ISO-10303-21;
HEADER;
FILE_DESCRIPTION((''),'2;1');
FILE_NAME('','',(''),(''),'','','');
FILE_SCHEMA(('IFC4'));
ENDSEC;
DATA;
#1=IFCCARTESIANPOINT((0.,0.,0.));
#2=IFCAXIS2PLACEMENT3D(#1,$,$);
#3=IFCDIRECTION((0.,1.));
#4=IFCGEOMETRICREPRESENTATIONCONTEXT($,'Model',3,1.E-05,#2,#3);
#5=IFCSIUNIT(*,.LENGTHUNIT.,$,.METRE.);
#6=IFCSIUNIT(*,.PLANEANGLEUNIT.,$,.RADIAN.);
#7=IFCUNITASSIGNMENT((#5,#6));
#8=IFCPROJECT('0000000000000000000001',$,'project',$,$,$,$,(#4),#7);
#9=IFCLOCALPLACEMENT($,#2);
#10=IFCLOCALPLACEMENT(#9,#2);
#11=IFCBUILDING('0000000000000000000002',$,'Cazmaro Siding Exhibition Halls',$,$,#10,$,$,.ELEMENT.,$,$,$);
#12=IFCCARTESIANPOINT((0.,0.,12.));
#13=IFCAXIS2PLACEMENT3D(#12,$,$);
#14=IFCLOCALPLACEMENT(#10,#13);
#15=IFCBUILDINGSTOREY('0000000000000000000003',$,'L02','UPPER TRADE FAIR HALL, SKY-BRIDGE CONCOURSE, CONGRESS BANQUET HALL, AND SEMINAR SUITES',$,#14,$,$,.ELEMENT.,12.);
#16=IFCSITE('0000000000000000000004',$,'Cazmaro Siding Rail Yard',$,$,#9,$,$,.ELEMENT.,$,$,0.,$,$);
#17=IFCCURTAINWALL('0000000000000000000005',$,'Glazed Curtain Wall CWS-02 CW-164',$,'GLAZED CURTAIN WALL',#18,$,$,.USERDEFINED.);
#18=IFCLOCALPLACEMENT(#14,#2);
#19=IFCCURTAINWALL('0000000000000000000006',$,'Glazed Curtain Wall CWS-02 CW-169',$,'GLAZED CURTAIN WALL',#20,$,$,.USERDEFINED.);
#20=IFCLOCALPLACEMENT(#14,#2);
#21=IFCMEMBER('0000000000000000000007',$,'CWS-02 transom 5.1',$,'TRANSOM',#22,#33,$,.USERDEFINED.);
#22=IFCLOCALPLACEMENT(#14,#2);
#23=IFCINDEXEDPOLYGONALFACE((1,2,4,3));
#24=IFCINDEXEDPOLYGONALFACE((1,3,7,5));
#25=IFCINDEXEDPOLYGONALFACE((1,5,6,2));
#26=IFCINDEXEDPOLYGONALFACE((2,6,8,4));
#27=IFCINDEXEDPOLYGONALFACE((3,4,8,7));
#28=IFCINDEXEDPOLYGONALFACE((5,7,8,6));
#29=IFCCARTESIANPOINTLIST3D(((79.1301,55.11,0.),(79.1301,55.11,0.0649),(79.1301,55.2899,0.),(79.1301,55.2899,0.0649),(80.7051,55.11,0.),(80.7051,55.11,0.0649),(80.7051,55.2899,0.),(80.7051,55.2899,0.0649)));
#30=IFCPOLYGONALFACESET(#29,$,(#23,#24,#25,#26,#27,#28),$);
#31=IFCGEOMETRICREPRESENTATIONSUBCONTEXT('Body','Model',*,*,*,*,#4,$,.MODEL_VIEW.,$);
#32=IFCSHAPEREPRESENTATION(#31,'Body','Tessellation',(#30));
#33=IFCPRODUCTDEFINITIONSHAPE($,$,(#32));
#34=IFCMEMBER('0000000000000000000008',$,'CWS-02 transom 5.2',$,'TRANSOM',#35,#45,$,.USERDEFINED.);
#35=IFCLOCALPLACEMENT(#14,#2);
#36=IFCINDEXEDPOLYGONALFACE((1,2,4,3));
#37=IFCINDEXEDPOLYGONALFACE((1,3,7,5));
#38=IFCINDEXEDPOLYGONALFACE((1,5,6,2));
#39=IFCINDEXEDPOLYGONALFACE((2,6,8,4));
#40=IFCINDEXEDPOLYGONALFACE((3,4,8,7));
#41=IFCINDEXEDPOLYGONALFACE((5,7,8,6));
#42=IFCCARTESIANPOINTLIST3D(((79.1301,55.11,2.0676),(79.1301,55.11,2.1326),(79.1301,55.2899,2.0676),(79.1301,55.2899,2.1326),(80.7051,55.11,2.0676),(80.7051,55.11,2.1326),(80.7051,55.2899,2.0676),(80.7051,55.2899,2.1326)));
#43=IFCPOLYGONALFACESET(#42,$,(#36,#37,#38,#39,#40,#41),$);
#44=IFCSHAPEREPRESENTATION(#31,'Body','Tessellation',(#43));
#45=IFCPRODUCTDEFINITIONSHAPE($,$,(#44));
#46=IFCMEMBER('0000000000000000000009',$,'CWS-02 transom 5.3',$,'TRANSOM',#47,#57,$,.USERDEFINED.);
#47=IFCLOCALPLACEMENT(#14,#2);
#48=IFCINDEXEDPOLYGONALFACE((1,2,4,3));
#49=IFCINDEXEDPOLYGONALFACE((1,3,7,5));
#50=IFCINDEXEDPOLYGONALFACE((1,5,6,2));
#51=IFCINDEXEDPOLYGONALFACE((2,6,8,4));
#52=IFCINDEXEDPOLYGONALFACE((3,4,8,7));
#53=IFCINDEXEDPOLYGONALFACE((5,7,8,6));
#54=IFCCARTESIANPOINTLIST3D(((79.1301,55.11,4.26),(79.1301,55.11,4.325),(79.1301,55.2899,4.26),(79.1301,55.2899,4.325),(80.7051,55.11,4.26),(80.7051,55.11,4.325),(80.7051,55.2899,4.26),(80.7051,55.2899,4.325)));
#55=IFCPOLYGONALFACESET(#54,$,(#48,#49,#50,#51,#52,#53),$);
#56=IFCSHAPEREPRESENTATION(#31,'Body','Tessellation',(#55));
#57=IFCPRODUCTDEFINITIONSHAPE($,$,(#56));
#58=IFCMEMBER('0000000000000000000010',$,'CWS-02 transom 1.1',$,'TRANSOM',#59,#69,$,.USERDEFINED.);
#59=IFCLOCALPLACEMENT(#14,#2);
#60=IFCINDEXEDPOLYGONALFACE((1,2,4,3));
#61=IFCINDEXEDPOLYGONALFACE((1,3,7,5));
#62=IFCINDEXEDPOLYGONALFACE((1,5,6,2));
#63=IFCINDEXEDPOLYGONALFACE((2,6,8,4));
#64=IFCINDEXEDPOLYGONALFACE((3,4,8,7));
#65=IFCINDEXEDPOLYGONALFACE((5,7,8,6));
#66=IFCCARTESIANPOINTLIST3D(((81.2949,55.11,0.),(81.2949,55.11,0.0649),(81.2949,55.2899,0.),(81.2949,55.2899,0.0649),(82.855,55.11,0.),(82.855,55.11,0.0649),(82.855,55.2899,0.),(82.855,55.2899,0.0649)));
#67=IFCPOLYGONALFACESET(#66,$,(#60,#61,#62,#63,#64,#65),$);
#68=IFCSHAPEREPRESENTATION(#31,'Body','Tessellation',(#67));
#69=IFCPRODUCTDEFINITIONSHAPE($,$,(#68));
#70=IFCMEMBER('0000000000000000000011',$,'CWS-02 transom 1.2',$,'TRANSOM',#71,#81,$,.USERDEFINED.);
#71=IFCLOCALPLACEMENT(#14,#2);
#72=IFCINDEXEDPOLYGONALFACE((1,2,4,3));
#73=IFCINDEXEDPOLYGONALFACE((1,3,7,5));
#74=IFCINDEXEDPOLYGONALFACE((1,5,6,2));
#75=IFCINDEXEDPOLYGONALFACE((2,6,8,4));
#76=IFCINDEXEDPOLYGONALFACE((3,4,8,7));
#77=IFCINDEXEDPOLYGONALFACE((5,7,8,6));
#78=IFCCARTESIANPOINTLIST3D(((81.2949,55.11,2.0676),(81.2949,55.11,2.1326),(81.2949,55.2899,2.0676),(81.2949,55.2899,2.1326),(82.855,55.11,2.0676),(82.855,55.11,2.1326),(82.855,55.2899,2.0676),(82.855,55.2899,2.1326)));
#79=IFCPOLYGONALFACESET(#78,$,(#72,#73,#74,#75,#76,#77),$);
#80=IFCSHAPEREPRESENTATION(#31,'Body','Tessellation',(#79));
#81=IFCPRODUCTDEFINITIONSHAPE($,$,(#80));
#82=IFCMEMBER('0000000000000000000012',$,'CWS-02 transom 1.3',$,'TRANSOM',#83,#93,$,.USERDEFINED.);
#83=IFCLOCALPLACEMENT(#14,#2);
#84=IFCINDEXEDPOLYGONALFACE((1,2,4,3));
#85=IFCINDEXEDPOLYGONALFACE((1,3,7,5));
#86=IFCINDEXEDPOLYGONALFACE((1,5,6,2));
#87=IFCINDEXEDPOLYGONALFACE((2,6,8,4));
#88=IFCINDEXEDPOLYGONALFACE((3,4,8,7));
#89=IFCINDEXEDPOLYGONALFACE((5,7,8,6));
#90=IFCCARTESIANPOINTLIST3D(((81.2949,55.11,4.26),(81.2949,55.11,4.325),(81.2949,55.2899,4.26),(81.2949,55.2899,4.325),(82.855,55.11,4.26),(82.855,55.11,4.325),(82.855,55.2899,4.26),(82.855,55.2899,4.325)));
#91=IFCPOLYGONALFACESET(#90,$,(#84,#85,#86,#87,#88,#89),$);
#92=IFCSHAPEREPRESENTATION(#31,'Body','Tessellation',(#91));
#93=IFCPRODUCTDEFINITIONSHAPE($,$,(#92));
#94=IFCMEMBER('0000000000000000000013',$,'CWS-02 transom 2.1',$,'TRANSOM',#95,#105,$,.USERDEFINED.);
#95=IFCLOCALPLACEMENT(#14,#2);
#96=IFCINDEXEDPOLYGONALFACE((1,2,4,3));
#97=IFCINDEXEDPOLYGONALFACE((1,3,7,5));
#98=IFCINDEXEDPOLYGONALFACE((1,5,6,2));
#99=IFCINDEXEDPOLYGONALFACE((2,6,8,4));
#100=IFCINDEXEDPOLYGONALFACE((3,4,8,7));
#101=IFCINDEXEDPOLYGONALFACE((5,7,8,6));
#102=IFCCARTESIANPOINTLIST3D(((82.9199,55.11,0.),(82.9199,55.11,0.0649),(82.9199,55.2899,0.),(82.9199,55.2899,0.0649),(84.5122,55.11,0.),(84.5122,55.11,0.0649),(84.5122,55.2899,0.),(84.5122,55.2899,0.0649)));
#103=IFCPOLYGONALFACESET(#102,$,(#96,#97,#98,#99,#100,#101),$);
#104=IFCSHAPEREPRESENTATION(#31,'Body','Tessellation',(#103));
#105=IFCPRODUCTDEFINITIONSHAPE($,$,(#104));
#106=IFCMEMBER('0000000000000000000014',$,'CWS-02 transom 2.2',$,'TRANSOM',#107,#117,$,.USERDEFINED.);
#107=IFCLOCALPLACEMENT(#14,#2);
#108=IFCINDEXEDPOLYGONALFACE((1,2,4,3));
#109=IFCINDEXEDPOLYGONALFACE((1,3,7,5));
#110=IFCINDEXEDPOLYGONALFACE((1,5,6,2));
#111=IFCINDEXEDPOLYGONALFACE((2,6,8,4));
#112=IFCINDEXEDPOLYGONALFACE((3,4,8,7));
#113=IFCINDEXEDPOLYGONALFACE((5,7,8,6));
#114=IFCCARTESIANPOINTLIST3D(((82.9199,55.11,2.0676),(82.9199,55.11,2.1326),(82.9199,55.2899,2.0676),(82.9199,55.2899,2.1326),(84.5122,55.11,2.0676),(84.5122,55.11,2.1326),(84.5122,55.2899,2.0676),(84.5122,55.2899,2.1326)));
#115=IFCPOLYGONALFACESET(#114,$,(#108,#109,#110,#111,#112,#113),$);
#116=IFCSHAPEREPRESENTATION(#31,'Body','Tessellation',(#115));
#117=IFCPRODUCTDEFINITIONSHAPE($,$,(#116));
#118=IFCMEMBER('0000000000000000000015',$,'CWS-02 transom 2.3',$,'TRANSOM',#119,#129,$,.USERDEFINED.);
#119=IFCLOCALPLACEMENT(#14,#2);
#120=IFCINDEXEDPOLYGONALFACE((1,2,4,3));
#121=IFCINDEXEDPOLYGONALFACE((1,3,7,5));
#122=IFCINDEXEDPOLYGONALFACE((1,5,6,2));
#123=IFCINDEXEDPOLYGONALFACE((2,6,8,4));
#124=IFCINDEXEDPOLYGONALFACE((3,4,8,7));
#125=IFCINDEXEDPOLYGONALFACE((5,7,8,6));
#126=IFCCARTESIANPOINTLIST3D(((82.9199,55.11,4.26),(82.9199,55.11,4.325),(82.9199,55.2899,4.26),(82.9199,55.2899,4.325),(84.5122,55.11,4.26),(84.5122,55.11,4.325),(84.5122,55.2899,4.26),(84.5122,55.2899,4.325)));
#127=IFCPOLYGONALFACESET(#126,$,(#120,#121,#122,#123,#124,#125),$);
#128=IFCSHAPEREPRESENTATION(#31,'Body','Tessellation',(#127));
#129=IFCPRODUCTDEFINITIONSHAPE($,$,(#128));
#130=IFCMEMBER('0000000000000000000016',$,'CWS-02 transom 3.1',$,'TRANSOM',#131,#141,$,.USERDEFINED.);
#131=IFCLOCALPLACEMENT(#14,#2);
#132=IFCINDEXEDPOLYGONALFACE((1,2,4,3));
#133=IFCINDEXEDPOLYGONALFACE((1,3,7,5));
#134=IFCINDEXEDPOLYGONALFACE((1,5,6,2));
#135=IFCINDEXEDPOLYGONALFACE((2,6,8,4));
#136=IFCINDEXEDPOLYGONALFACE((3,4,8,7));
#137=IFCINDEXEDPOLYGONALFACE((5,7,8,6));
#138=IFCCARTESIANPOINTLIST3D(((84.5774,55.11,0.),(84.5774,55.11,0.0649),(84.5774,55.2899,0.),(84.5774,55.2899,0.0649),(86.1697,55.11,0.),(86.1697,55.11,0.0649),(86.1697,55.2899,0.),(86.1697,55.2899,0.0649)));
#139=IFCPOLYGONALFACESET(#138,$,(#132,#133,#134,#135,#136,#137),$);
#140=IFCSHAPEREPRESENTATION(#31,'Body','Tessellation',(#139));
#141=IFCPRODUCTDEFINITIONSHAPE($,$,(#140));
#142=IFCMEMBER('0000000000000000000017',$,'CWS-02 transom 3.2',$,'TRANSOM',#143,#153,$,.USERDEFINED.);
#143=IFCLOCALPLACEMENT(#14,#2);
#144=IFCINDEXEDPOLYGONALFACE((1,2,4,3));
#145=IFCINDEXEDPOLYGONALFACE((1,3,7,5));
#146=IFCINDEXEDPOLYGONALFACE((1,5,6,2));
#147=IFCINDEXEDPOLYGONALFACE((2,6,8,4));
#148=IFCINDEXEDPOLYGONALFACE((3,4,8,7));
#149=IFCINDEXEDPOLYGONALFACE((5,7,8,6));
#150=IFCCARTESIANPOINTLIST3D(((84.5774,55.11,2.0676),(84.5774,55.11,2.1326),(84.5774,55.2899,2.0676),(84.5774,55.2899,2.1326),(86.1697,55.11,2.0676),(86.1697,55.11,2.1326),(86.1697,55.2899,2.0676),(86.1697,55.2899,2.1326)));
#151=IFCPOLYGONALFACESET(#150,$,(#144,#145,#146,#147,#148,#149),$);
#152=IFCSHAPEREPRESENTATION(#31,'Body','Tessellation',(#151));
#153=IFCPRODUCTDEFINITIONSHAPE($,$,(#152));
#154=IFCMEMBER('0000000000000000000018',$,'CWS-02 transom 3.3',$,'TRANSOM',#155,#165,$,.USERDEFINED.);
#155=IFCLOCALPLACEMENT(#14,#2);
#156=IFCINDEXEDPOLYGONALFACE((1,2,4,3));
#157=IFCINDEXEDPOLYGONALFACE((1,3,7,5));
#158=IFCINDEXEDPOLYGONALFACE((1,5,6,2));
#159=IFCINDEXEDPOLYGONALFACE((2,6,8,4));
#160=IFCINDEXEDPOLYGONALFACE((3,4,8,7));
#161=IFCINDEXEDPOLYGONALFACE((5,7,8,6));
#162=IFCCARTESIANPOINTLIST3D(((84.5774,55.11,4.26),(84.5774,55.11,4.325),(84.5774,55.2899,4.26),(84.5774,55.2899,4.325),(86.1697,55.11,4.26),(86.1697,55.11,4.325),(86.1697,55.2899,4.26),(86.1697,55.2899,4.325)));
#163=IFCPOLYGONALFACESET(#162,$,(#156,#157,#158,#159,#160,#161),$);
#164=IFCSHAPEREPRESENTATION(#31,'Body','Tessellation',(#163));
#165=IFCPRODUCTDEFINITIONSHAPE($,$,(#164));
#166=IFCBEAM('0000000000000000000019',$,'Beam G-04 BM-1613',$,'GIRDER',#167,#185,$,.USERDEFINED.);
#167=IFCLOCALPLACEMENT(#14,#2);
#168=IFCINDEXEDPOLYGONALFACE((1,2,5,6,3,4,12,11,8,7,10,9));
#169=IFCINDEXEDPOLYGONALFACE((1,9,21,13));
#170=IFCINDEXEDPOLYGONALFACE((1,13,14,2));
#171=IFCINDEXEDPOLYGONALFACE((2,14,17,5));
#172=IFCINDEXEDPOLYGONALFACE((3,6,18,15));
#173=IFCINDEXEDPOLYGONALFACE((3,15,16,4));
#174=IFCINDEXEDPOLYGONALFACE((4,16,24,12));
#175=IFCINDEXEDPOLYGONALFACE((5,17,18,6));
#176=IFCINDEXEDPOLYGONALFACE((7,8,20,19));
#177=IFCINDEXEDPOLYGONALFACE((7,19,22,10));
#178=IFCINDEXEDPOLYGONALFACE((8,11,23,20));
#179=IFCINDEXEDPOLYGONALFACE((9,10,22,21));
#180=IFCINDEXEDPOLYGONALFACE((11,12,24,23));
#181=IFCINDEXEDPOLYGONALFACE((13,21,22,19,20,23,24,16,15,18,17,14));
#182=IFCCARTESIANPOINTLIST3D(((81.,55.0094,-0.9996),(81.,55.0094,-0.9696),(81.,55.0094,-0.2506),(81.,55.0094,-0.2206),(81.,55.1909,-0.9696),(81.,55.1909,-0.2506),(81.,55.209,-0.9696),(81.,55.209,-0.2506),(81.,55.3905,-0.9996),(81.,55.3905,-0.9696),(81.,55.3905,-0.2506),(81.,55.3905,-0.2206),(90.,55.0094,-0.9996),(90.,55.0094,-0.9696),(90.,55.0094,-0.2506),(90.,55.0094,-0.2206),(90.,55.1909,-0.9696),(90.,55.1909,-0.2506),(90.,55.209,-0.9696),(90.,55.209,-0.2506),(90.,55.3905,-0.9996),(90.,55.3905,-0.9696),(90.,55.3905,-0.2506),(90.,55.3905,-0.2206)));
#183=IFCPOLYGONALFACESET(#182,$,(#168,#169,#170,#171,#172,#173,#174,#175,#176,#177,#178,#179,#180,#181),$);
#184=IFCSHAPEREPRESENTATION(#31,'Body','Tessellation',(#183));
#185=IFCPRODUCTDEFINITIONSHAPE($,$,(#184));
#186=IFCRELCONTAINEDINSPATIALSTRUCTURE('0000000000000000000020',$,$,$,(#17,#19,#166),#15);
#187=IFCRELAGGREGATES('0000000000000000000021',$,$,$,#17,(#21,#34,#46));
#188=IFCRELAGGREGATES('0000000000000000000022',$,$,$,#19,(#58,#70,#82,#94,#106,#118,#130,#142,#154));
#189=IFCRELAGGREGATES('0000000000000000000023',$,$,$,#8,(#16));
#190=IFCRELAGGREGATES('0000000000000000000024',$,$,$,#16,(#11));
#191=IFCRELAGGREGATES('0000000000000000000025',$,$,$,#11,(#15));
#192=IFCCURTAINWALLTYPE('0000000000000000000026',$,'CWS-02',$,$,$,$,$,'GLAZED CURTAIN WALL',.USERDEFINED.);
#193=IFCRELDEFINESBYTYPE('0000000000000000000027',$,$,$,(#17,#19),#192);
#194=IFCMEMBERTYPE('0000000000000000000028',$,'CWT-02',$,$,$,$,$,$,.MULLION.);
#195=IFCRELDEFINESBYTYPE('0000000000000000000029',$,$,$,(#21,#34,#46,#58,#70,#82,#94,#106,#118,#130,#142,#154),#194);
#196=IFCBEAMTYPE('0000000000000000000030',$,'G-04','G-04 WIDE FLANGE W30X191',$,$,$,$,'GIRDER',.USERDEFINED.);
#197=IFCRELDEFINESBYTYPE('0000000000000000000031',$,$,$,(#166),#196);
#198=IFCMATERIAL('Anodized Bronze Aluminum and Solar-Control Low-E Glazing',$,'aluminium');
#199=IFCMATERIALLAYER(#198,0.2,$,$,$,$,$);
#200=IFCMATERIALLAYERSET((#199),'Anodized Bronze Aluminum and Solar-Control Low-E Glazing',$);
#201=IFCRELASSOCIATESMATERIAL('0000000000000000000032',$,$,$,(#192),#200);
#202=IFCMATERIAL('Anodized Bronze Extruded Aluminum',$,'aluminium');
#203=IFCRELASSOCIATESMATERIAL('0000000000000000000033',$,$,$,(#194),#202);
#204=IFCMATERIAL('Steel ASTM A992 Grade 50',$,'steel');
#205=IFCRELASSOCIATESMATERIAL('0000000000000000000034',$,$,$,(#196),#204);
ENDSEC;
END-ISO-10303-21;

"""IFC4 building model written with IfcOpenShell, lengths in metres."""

from ifc_helpers import new_model, si_unit, direction, frame, origin, origin_2d, place, context, subcontext, project, spatial, rectangle, i_section, extrude, material, layer, layer_set, material_profile, profile_set, type_object, element, aggregate, save


model = new_model("IFC4")

# Units and contexts
model_context = context("Model", 3, precision=1e-05, world=origin(), true_north=direction((0.0, 1.0)))
body_context = subcontext(model_context, "Body", "Model", "MODEL_VIEW")
ifc_project = project(units=[si_unit("LENGTHUNIT", "METRE"), si_unit("PLANEANGLEUNIT", "RADIAN")], contexts=[model_context])

# Site, building, storey
site_placement = place(None, origin())
site = spatial("IfcSite", under=ifc_project, at=site_placement, Name="Cazmaro Siding Rail Yard", CompositionType="ELEMENT", RefElevation=0.0)
building_placement = place(site_placement, origin())
building = spatial("IfcBuilding", under=site, at=building_placement, Name="Cazmaro Siding Exhibition Halls", CompositionType="ELEMENT")
storey_placement = place(building_placement, frame((0.0, 0.0, 12.0)))
storey = spatial("IfcBuildingStorey", under=building, at=storey_placement, Name="L02", Description="UPPER TRADE FAIR HALL, SKY-BRIDGE CONCOURSE, CONGRESS BANQUET HALL, AND SEMINAR SUITES", CompositionType="ELEMENT", Elevation=12.0)

# Curtain walls
ifc_material_1 = material(Name="Anodized Bronze Aluminum and Solar-Control Low-E Glazing", Category="aluminium")
ifc_layer_1 = layer(ifc_material_1, 0.2)
ifc_layer_set_1 = layer_set([ifc_layer_1], Name="Anodized Bronze Aluminum and Solar-Control Low-E Glazing")
curtain_wall_type = type_object("IfcCurtainWallType", Name="CWS-02", ElementType="GLAZED CURTAIN WALL", PredefinedType="USERDEFINED", material=ifc_layer_set_1)
curtain_wall_1_placement = place(storey_placement, origin())
curtain_wall_1 = element("IfcCurtainWall", 1, at=curtain_wall_1_placement, inside=storey, type_object=curtain_wall_type, Name="Glazed Curtain Wall CWS-02 CW-164", ObjectType="GLAZED CURTAIN WALL", PredefinedType="USERDEFINED")
curtain_wall_2_placement = place(storey_placement, origin())
curtain_wall_2 = element("IfcCurtainWall", 2, at=curtain_wall_2_placement, inside=storey, type_object=curtain_wall_type, Name="Glazed Curtain Wall CWS-02 CW-169", ObjectType="GLAZED CURTAIN WALL", PredefinedType="USERDEFINED")

# Members
ifc_material_2 = material(Name="Anodized Bronze Extruded Aluminum", Category="aluminium")
ifc_material_profile_1 = material_profile(ifc_material_2, rectangle(XDim=0.1799, YDim=0.0649, at=origin_2d()), Name="CWT-02")
ifc_profile_set_1 = profile_set([ifc_material_profile_1], Name="Anodized Bronze Extruded Aluminum")
member_type_1 = type_object("IfcMemberType", Name="CWT-02", PredefinedType="MULLION", material=ifc_profile_set_1)
member_1_placement = place(storey_placement, frame((79.1301, 55.2, 0.0325), z_axis=(1.0, 0.0, 0.0), x_axis=(0.0, 1.0, 0.0)))
member_1 = element("IfcMember", 3, at=member_1_placement, type_object=member_type_1, Name="CWS-02 transom 5.1", ObjectType="TRANSOM", PredefinedType="USERDEFINED", context=body_context, shape_type="SweptSolid", body=[
    extrude(rectangle(XDim=0.1799, YDim=0.0649, at=origin_2d()), origin(), (0.0, 0.0, 1.0), 1.575),
])
member_2_placement = place(storey_placement, frame((79.1301, 55.2, 2.1001), z_axis=(1.0, 0.0, 0.0), x_axis=(0.0, 1.0, 0.0)))
member_2 = element("IfcMember", 4, at=member_2_placement, type_object=member_type_1, Name="CWS-02 transom 5.2", ObjectType="TRANSOM", PredefinedType="USERDEFINED", context=body_context, shape_type="SweptSolid", body=[
    extrude(rectangle(XDim=0.1799, YDim=0.0649, at=origin_2d()), origin(), (0.0, 0.0, 1.0), 1.575),
])
member_3_placement = place(storey_placement, frame((79.1301, 55.2, 4.2925), z_axis=(1.0, 0.0, 0.0), x_axis=(0.0, 1.0, 0.0)))
member_3 = element("IfcMember", 5, at=member_3_placement, type_object=member_type_1, Name="CWS-02 transom 5.3", ObjectType="TRANSOM", PredefinedType="USERDEFINED", context=body_context, shape_type="SweptSolid", body=[
    extrude(rectangle(XDim=0.1799, YDim=0.0649, at=origin_2d()), origin(), (0.0, 0.0, 1.0), 1.575),
])
member_4_placement = place(storey_placement, frame((81.2949, 55.2, 0.0325), z_axis=(1.0, 0.0, 0.0), x_axis=(0.0, 1.0, 0.0)))
member_4 = element("IfcMember", 6, at=member_4_placement, type_object=member_type_1, Name="CWS-02 transom 1.1", ObjectType="TRANSOM", PredefinedType="USERDEFINED", context=body_context, shape_type="SweptSolid", body=[
    extrude(rectangle(XDim=0.1799, YDim=0.0649, at=origin_2d()), origin(), (0.0, 0.0, 1.0), 1.5601),
])
member_5_placement = place(storey_placement, frame((81.2949, 55.2, 2.1001), z_axis=(1.0, 0.0, 0.0), x_axis=(0.0, 1.0, 0.0)))
member_5 = element("IfcMember", 7, at=member_5_placement, type_object=member_type_1, Name="CWS-02 transom 1.2", ObjectType="TRANSOM", PredefinedType="USERDEFINED", context=body_context, shape_type="SweptSolid", body=[
    extrude(rectangle(XDim=0.1799, YDim=0.0649, at=origin_2d()), origin(), (0.0, 0.0, 1.0), 1.5601),
])
member_6_placement = place(storey_placement, frame((81.2949, 55.2, 4.2925), z_axis=(1.0, 0.0, 0.0), x_axis=(0.0, 1.0, 0.0)))
member_6 = element("IfcMember", 8, at=member_6_placement, type_object=member_type_1, Name="CWS-02 transom 1.3", ObjectType="TRANSOM", PredefinedType="USERDEFINED", context=body_context, shape_type="SweptSolid", body=[
    extrude(rectangle(XDim=0.1799, YDim=0.0649, at=origin_2d()), origin(), (0.0, 0.0, 1.0), 1.5601),
])
member_7_placement = place(storey_placement, frame((82.9199, 55.2, 0.0325), z_axis=(1.0, 0.0, 0.0), x_axis=(0.0, 1.0, 0.0)))
member_7 = element("IfcMember", 9, at=member_7_placement, type_object=member_type_1, Name="CWS-02 transom 2.1", ObjectType="TRANSOM", PredefinedType="USERDEFINED", context=body_context, shape_type="SweptSolid", body=[
    extrude(rectangle(XDim=0.1799, YDim=0.0649, at=origin_2d()), origin(), (0.0, 0.0, 1.0), 1.5923),
])
member_8_placement = place(storey_placement, frame((82.9199, 55.2, 2.1001), z_axis=(1.0, 0.0, 0.0), x_axis=(0.0, 1.0, 0.0)))
member_8 = element("IfcMember", 10, at=member_8_placement, type_object=member_type_1, Name="CWS-02 transom 2.2", ObjectType="TRANSOM", PredefinedType="USERDEFINED", context=body_context, shape_type="SweptSolid", body=[
    extrude(rectangle(XDim=0.1799, YDim=0.0649, at=origin_2d()), origin(), (0.0, 0.0, 1.0), 1.5923),
])
member_9_placement = place(storey_placement, frame((82.9199, 55.2, 4.2925), z_axis=(1.0, 0.0, 0.0), x_axis=(0.0, 1.0, 0.0)))
member_9 = element("IfcMember", 11, at=member_9_placement, type_object=member_type_1, Name="CWS-02 transom 2.3", ObjectType="TRANSOM", PredefinedType="USERDEFINED", context=body_context, shape_type="SweptSolid", body=[
    extrude(rectangle(XDim=0.1799, YDim=0.0649, at=origin_2d()), origin(), (0.0, 0.0, 1.0), 1.5923),
])
member_10_placement = place(storey_placement, frame((84.5774, 55.2, 0.0325), z_axis=(1.0, 0.0, 0.0), x_axis=(0.0, 1.0, 0.0)))
member_10 = element("IfcMember", 12, at=member_10_placement, type_object=member_type_1, Name="CWS-02 transom 3.1", ObjectType="TRANSOM", PredefinedType="USERDEFINED", context=body_context, shape_type="SweptSolid", body=[
    extrude(rectangle(XDim=0.1799, YDim=0.0649, at=origin_2d()), origin(), (0.0, 0.0, 1.0), 1.5923),
])
member_11_placement = place(storey_placement, frame((84.5774, 55.2, 2.1001), z_axis=(1.0, 0.0, 0.0), x_axis=(0.0, 1.0, 0.0)))
member_11 = element("IfcMember", 13, at=member_11_placement, type_object=member_type_1, Name="CWS-02 transom 3.2", ObjectType="TRANSOM", PredefinedType="USERDEFINED", context=body_context, shape_type="SweptSolid", body=[
    extrude(rectangle(XDim=0.1799, YDim=0.0649, at=origin_2d()), origin(), (0.0, 0.0, 1.0), 1.5923),
])
member_12_placement = place(storey_placement, frame((84.5774, 55.2, 4.2925), z_axis=(1.0, 0.0, 0.0), x_axis=(0.0, 1.0, 0.0)))
member_12 = element("IfcMember", 14, at=member_12_placement, type_object=member_type_1, Name="CWS-02 transom 3.3", ObjectType="TRANSOM", PredefinedType="USERDEFINED", context=body_context, shape_type="SweptSolid", body=[
    extrude(rectangle(XDim=0.1799, YDim=0.0649, at=origin_2d()), origin(), (0.0, 0.0, 1.0), 1.5923),
])

# Beam
ifc_material_3 = material(Name="Steel ASTM A992 Grade 50", Category="steel")
ifc_material_profile_2 = material_profile(ifc_material_3, i_section(OverallWidth=0.3811, OverallDepth=0.7791, WebThickness=0.0181, FlangeThickness=0.03, at=origin_2d()), Name="W30X191")
ifc_profile_set_2 = profile_set([ifc_material_profile_2], Name="Steel ASTM A992 Grade 50")
beam_type_1 = type_object("IfcBeamType", Name="G-04", Description="G-04 WIDE FLANGE W30X191", ElementType="GIRDER", PredefinedType="USERDEFINED", material=ifc_profile_set_2)
beam_1_placement = place(storey_placement, frame((81.0, 55.2, -0.6101), z_axis=(1.0, 0.0, 0.0), x_axis=(0.0, 1.0, 0.0)))
element("IfcBeam", 15, at=beam_1_placement, inside=storey, type_object=beam_type_1, Name="Beam G-04 BM-1613", ObjectType="GIRDER", PredefinedType="USERDEFINED", context=body_context, shape_type="SweptSolid", body=[
    extrude(i_section(OverallWidth=0.3811, OverallDepth=0.7791, WebThickness=0.0181, FlangeThickness=0.03, at=origin_2d()), origin(), (0.0, 0.0, 1.0), 9.0),
])

aggregate(curtain_wall_1, [member_1, member_2, member_3])
aggregate(curtain_wall_2, [member_4, member_5, member_6, member_7, member_8, member_9, member_10, member_11, member_12])

save(model, "model.ifc")
